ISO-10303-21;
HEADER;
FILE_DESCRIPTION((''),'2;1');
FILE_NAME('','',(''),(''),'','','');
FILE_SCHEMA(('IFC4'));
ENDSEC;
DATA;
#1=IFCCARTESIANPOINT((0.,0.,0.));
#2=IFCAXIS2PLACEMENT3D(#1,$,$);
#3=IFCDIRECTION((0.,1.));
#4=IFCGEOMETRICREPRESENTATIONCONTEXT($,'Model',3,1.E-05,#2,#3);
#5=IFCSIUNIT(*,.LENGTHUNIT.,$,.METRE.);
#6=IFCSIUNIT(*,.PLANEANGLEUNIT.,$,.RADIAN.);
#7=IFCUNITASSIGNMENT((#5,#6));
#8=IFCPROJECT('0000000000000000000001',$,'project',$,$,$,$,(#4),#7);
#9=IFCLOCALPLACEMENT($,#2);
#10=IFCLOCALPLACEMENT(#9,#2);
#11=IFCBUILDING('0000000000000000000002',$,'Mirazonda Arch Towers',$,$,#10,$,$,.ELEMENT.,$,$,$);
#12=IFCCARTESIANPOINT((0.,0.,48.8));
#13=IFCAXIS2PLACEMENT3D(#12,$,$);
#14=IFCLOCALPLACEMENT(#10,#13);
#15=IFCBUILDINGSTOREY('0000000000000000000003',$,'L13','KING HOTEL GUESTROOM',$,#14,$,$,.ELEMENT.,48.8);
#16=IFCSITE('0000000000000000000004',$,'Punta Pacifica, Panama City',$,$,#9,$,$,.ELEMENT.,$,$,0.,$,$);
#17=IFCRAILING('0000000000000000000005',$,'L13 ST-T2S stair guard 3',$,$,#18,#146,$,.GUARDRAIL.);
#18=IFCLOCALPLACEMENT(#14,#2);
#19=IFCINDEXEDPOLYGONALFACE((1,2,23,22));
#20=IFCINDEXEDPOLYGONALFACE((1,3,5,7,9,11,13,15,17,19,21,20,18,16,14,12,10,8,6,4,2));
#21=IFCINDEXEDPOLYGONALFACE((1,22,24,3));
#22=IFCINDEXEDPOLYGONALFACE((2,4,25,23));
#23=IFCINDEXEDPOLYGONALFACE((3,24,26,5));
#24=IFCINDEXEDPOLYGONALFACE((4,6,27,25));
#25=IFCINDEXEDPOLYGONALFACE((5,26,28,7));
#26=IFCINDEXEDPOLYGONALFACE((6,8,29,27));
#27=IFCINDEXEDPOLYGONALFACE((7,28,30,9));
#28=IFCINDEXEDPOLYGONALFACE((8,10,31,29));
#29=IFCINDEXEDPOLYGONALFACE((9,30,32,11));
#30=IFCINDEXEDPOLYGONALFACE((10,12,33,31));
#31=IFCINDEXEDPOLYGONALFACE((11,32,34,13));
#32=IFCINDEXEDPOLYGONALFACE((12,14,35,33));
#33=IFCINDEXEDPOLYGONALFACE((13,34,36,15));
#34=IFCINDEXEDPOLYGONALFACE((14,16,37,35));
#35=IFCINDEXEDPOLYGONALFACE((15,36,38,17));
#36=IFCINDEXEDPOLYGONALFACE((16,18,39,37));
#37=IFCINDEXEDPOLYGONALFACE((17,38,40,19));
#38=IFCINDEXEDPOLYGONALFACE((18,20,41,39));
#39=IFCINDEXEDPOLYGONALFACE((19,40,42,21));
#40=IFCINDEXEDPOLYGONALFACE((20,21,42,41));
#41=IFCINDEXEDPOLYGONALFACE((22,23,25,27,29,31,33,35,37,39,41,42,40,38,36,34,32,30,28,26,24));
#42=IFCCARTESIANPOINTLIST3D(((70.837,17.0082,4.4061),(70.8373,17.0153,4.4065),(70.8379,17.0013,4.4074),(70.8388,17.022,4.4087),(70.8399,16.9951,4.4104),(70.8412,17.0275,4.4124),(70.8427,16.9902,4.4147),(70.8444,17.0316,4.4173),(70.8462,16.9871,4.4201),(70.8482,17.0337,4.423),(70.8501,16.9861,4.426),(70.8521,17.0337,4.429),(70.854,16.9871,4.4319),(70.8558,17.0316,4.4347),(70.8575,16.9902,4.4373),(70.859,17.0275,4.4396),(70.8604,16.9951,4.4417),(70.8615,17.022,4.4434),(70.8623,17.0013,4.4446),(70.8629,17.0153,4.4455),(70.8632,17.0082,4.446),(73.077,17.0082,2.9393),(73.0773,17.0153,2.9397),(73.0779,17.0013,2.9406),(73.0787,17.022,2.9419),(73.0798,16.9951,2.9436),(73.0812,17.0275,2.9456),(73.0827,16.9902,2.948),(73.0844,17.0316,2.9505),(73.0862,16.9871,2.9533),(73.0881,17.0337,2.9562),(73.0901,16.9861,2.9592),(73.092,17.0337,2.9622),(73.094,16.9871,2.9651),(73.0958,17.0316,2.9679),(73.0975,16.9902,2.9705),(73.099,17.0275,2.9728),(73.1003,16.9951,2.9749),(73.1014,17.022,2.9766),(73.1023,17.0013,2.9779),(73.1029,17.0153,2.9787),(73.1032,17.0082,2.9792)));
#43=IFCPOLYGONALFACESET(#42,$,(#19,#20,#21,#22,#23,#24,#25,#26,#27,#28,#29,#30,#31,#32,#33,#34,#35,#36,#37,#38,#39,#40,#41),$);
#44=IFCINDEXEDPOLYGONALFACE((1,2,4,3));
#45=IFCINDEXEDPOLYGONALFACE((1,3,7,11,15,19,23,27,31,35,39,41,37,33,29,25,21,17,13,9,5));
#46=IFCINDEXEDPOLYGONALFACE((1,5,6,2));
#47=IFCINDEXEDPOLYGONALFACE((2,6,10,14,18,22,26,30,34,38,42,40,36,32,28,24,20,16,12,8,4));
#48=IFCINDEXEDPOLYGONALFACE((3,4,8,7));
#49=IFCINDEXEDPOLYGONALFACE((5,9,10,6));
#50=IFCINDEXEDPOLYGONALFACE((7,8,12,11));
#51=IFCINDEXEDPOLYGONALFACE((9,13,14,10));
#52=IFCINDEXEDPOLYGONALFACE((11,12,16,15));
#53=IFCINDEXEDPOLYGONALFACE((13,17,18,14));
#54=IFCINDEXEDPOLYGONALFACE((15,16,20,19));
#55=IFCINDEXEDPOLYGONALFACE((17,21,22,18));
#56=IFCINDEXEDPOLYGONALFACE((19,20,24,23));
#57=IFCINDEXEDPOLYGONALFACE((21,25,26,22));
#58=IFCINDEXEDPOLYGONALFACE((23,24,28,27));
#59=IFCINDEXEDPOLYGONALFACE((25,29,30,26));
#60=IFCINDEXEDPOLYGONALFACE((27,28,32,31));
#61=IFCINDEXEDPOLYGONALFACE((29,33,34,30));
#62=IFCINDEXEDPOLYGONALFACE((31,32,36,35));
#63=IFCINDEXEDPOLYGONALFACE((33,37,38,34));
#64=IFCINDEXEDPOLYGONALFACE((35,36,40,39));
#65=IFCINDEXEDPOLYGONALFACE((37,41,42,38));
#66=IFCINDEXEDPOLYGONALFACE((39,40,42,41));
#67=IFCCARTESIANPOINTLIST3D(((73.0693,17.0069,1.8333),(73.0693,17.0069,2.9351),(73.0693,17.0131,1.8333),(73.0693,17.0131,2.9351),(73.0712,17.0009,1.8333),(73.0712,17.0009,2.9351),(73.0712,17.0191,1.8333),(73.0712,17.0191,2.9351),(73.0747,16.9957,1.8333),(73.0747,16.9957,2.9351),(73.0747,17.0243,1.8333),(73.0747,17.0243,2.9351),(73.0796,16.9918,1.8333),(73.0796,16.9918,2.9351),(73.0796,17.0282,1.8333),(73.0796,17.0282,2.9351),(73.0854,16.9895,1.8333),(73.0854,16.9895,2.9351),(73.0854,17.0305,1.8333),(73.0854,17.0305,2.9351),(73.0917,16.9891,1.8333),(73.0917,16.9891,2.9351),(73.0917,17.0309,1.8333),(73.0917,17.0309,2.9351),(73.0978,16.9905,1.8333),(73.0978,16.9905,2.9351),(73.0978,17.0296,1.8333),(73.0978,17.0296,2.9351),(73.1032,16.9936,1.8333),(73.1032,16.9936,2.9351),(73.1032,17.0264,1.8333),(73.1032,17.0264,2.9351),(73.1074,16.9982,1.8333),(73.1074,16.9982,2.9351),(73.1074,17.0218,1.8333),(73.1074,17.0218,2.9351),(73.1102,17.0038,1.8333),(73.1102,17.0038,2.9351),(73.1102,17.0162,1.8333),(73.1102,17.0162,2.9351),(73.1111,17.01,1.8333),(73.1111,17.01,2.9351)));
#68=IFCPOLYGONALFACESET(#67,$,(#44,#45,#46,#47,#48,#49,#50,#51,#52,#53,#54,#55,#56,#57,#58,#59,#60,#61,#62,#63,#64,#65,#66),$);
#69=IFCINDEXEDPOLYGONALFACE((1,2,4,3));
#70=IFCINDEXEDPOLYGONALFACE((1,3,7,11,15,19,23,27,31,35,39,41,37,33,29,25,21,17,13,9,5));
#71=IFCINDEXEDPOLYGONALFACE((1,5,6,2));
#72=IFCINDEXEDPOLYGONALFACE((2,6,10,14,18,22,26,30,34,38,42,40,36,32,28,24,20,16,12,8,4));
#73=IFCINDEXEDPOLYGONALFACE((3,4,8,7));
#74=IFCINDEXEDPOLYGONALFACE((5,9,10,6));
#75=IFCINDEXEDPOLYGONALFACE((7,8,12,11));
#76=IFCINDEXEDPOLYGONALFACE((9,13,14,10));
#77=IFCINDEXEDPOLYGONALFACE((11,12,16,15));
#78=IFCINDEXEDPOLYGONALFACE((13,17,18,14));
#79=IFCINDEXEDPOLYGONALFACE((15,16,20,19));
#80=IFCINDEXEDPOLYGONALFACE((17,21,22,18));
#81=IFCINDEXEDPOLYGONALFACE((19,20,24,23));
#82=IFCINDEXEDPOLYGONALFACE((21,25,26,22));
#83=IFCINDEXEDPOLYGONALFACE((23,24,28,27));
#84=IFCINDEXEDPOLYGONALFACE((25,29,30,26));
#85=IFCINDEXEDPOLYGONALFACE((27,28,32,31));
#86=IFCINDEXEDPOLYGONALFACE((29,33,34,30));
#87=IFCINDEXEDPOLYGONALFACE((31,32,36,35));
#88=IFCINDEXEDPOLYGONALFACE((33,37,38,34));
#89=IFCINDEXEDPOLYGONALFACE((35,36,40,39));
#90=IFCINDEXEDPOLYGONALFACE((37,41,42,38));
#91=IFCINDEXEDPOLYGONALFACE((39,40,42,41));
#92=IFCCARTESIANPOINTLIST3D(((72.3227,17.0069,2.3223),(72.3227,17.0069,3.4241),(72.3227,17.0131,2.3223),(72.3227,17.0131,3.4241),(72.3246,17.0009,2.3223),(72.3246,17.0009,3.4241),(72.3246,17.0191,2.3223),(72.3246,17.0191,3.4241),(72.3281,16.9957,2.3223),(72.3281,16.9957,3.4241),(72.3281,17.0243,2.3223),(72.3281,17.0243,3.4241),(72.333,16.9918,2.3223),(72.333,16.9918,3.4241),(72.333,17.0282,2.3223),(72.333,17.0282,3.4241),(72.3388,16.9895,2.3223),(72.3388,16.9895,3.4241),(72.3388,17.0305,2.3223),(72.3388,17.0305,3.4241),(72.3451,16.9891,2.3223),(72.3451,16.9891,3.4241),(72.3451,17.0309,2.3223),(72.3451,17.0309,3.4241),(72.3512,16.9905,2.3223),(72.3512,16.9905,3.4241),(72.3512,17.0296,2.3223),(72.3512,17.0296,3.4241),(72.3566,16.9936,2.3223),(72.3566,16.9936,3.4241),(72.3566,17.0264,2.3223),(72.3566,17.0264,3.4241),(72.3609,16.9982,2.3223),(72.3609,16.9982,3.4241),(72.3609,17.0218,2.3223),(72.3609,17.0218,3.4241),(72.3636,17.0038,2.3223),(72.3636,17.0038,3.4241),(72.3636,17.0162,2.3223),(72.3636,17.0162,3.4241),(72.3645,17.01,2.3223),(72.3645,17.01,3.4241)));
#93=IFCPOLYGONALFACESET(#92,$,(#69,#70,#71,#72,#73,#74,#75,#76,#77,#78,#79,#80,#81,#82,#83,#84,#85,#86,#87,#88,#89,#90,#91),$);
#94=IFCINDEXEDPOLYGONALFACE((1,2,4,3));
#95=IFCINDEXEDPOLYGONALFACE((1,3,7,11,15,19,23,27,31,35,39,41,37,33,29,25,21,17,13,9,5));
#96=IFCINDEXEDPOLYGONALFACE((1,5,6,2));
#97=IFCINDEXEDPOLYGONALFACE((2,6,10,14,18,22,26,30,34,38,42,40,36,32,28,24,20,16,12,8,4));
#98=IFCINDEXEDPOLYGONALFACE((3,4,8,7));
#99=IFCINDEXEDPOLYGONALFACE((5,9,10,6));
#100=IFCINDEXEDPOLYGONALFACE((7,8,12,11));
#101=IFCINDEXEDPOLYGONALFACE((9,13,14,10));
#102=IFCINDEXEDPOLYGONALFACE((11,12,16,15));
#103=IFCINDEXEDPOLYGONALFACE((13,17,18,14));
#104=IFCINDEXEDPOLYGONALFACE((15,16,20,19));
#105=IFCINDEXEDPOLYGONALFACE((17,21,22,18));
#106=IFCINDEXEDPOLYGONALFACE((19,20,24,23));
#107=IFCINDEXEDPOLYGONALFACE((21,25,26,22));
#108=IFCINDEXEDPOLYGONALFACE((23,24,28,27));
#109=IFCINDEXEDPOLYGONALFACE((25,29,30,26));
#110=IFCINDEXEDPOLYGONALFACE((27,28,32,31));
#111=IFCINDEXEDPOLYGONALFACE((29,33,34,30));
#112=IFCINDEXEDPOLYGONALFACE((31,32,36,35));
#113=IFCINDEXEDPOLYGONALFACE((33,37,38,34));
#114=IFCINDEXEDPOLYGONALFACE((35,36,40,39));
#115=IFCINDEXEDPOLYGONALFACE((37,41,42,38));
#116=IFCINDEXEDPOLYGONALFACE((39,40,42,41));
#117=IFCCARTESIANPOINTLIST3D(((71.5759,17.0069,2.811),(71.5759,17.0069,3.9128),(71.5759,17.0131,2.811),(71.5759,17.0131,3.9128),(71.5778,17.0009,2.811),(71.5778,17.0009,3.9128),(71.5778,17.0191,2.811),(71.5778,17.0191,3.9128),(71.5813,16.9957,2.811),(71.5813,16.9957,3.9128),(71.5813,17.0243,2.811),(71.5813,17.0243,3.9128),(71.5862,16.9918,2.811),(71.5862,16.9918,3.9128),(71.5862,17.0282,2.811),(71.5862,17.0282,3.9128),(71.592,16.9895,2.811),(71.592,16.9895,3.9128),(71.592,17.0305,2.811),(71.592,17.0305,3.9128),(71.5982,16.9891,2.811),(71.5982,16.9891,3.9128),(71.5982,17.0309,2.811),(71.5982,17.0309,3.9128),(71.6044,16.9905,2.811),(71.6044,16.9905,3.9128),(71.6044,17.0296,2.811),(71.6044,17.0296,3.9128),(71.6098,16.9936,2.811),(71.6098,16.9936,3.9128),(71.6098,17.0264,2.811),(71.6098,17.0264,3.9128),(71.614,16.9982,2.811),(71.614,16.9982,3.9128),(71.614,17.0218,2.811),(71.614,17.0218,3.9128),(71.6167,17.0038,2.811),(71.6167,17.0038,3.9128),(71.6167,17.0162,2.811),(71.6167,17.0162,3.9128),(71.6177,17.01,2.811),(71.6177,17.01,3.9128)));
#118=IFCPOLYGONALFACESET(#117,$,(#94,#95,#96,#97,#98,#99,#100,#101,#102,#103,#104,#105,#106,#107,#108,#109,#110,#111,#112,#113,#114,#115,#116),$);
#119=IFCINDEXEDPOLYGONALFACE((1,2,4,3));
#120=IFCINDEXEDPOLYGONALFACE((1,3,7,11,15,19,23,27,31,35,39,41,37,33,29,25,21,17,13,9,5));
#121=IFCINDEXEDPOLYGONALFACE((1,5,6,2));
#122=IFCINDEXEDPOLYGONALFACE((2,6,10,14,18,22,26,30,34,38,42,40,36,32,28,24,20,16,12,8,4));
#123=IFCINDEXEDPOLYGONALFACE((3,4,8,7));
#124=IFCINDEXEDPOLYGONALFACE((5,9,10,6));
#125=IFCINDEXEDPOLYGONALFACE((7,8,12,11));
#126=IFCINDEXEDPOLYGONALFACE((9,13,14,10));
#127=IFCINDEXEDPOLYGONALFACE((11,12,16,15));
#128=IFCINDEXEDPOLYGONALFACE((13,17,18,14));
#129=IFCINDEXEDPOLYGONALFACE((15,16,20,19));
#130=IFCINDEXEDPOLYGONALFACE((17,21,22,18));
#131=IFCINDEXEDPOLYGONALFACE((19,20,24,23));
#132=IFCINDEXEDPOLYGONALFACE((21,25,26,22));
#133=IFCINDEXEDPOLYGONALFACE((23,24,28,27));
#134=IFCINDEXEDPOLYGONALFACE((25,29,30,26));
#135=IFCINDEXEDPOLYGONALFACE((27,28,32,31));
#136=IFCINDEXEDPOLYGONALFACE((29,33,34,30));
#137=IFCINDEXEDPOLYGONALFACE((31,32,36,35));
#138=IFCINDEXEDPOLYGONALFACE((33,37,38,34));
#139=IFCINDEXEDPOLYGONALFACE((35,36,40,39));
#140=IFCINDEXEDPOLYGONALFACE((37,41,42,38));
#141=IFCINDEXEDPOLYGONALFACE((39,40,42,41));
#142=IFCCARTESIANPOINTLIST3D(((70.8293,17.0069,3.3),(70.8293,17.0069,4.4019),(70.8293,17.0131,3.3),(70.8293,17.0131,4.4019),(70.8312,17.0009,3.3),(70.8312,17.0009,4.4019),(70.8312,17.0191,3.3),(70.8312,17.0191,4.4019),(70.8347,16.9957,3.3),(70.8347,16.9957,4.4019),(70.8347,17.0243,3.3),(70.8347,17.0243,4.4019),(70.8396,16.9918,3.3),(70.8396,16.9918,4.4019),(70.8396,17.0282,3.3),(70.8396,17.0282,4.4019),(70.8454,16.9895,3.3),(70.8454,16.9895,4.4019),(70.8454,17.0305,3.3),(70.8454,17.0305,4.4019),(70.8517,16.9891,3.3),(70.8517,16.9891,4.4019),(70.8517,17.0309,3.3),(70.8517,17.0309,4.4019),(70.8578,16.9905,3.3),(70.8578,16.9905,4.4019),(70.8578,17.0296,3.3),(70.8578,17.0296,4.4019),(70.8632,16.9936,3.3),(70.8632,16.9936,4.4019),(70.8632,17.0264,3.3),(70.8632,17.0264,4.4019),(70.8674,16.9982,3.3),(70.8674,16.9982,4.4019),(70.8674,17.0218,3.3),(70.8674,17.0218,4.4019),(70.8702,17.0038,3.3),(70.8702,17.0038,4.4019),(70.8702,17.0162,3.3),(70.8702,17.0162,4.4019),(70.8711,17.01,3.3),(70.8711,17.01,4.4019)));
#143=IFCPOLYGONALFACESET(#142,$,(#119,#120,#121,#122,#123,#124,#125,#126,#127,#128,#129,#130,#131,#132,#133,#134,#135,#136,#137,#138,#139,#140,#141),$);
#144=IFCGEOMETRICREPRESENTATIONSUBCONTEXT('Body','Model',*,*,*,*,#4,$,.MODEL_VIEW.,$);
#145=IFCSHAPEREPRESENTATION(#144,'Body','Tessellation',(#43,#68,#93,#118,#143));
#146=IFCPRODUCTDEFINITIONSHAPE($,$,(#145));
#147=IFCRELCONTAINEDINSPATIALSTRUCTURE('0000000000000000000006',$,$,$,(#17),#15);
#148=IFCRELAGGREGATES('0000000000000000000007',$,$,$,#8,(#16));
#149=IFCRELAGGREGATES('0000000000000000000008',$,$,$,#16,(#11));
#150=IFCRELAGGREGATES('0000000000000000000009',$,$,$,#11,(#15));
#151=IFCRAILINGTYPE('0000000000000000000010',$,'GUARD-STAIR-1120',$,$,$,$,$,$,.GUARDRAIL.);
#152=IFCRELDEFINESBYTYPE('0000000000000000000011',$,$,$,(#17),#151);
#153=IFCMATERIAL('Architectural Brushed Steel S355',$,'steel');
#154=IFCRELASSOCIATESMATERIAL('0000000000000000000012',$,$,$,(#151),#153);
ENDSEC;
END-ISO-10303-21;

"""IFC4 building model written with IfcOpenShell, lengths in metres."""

from ifc_helpers import new_model, si_unit, direction, frame, origin, origin_2d, place, context, subcontext, project, spatial, circle, extrude, material, type_object, element, save


model = new_model("IFC4")

# Units and contexts
model_context = context("Model", 3, precision=1e-05, world=origin(), true_north=direction((0.0, 1.0)))
body_context = subcontext(model_context, "Body", "Model", "MODEL_VIEW")
ifc_project = project(units=[si_unit("LENGTHUNIT", "METRE"), si_unit("PLANEANGLEUNIT", "RADIAN")], contexts=[model_context])

# Site, building, storey
site_placement = place(None, origin())
site = spatial("IfcSite", under=ifc_project, at=site_placement, Name="Punta Pacifica, Panama City", CompositionType="ELEMENT", RefElevation=0.0)
building_placement = place(site_placement, origin())
building = spatial("IfcBuilding", under=site, at=building_placement, Name="Mirazonda Arch Towers", CompositionType="ELEMENT")
storey_placement = place(building_placement, frame((0.0, 0.0, 48.8)))
storey = spatial("IfcBuildingStorey", under=building, at=storey_placement, Name="L13", Description="KING HOTEL GUESTROOM", CompositionType="ELEMENT", Elevation=48.8)

# Railing
ifc_material_1 = material(Name="Architectural Brushed Steel S355", Category="steel")
railing_type_1 = type_object("IfcRailingType", Name="GUARD-STAIR-1120", PredefinedType="GUARDRAIL", material=ifc_material_1)
railing_1_placement = place(storey_placement, frame((73.0901, 17.01, 1.8333)))
element("IfcRailing", 1, at=railing_1_placement, inside=storey, type_object=railing_type_1, Name="L13 ST-T2S stair guard 3", PredefinedType="GUARDRAIL", context=body_context, shape_type="SweptSolid", body=[
    extrude(circle(Radius=0.0239, at=origin_2d()), frame((0.0, 0.0, 1.126), z_axis=(-0.836595, 0.0, 0.547822), x_axis=(0.0, -1.0, 0.0)), (0.0, 0.0, 1.0), 2.6775),
    extrude(circle(Radius=0.021, at=origin_2d()), origin(), (0.0, 0.0, 1.0), 1.1018),
    extrude(circle(Radius=0.021, at=origin_2d()), frame((-0.7466, 0.0, 0.489)), (0.0, 0.0, 1.0), 1.1018),
    extrude(circle(Radius=0.021, at=origin_2d()), frame((-1.4934, 0.0, 0.9778)), (0.0, 0.0, 1.0), 1.1018),
    extrude(circle(Radius=0.021, at=origin_2d()), frame((-2.24, 0.0, 1.4668)), (0.0, 0.0, 1.0), 1.1018),
])

save(model, "model.ifc")
